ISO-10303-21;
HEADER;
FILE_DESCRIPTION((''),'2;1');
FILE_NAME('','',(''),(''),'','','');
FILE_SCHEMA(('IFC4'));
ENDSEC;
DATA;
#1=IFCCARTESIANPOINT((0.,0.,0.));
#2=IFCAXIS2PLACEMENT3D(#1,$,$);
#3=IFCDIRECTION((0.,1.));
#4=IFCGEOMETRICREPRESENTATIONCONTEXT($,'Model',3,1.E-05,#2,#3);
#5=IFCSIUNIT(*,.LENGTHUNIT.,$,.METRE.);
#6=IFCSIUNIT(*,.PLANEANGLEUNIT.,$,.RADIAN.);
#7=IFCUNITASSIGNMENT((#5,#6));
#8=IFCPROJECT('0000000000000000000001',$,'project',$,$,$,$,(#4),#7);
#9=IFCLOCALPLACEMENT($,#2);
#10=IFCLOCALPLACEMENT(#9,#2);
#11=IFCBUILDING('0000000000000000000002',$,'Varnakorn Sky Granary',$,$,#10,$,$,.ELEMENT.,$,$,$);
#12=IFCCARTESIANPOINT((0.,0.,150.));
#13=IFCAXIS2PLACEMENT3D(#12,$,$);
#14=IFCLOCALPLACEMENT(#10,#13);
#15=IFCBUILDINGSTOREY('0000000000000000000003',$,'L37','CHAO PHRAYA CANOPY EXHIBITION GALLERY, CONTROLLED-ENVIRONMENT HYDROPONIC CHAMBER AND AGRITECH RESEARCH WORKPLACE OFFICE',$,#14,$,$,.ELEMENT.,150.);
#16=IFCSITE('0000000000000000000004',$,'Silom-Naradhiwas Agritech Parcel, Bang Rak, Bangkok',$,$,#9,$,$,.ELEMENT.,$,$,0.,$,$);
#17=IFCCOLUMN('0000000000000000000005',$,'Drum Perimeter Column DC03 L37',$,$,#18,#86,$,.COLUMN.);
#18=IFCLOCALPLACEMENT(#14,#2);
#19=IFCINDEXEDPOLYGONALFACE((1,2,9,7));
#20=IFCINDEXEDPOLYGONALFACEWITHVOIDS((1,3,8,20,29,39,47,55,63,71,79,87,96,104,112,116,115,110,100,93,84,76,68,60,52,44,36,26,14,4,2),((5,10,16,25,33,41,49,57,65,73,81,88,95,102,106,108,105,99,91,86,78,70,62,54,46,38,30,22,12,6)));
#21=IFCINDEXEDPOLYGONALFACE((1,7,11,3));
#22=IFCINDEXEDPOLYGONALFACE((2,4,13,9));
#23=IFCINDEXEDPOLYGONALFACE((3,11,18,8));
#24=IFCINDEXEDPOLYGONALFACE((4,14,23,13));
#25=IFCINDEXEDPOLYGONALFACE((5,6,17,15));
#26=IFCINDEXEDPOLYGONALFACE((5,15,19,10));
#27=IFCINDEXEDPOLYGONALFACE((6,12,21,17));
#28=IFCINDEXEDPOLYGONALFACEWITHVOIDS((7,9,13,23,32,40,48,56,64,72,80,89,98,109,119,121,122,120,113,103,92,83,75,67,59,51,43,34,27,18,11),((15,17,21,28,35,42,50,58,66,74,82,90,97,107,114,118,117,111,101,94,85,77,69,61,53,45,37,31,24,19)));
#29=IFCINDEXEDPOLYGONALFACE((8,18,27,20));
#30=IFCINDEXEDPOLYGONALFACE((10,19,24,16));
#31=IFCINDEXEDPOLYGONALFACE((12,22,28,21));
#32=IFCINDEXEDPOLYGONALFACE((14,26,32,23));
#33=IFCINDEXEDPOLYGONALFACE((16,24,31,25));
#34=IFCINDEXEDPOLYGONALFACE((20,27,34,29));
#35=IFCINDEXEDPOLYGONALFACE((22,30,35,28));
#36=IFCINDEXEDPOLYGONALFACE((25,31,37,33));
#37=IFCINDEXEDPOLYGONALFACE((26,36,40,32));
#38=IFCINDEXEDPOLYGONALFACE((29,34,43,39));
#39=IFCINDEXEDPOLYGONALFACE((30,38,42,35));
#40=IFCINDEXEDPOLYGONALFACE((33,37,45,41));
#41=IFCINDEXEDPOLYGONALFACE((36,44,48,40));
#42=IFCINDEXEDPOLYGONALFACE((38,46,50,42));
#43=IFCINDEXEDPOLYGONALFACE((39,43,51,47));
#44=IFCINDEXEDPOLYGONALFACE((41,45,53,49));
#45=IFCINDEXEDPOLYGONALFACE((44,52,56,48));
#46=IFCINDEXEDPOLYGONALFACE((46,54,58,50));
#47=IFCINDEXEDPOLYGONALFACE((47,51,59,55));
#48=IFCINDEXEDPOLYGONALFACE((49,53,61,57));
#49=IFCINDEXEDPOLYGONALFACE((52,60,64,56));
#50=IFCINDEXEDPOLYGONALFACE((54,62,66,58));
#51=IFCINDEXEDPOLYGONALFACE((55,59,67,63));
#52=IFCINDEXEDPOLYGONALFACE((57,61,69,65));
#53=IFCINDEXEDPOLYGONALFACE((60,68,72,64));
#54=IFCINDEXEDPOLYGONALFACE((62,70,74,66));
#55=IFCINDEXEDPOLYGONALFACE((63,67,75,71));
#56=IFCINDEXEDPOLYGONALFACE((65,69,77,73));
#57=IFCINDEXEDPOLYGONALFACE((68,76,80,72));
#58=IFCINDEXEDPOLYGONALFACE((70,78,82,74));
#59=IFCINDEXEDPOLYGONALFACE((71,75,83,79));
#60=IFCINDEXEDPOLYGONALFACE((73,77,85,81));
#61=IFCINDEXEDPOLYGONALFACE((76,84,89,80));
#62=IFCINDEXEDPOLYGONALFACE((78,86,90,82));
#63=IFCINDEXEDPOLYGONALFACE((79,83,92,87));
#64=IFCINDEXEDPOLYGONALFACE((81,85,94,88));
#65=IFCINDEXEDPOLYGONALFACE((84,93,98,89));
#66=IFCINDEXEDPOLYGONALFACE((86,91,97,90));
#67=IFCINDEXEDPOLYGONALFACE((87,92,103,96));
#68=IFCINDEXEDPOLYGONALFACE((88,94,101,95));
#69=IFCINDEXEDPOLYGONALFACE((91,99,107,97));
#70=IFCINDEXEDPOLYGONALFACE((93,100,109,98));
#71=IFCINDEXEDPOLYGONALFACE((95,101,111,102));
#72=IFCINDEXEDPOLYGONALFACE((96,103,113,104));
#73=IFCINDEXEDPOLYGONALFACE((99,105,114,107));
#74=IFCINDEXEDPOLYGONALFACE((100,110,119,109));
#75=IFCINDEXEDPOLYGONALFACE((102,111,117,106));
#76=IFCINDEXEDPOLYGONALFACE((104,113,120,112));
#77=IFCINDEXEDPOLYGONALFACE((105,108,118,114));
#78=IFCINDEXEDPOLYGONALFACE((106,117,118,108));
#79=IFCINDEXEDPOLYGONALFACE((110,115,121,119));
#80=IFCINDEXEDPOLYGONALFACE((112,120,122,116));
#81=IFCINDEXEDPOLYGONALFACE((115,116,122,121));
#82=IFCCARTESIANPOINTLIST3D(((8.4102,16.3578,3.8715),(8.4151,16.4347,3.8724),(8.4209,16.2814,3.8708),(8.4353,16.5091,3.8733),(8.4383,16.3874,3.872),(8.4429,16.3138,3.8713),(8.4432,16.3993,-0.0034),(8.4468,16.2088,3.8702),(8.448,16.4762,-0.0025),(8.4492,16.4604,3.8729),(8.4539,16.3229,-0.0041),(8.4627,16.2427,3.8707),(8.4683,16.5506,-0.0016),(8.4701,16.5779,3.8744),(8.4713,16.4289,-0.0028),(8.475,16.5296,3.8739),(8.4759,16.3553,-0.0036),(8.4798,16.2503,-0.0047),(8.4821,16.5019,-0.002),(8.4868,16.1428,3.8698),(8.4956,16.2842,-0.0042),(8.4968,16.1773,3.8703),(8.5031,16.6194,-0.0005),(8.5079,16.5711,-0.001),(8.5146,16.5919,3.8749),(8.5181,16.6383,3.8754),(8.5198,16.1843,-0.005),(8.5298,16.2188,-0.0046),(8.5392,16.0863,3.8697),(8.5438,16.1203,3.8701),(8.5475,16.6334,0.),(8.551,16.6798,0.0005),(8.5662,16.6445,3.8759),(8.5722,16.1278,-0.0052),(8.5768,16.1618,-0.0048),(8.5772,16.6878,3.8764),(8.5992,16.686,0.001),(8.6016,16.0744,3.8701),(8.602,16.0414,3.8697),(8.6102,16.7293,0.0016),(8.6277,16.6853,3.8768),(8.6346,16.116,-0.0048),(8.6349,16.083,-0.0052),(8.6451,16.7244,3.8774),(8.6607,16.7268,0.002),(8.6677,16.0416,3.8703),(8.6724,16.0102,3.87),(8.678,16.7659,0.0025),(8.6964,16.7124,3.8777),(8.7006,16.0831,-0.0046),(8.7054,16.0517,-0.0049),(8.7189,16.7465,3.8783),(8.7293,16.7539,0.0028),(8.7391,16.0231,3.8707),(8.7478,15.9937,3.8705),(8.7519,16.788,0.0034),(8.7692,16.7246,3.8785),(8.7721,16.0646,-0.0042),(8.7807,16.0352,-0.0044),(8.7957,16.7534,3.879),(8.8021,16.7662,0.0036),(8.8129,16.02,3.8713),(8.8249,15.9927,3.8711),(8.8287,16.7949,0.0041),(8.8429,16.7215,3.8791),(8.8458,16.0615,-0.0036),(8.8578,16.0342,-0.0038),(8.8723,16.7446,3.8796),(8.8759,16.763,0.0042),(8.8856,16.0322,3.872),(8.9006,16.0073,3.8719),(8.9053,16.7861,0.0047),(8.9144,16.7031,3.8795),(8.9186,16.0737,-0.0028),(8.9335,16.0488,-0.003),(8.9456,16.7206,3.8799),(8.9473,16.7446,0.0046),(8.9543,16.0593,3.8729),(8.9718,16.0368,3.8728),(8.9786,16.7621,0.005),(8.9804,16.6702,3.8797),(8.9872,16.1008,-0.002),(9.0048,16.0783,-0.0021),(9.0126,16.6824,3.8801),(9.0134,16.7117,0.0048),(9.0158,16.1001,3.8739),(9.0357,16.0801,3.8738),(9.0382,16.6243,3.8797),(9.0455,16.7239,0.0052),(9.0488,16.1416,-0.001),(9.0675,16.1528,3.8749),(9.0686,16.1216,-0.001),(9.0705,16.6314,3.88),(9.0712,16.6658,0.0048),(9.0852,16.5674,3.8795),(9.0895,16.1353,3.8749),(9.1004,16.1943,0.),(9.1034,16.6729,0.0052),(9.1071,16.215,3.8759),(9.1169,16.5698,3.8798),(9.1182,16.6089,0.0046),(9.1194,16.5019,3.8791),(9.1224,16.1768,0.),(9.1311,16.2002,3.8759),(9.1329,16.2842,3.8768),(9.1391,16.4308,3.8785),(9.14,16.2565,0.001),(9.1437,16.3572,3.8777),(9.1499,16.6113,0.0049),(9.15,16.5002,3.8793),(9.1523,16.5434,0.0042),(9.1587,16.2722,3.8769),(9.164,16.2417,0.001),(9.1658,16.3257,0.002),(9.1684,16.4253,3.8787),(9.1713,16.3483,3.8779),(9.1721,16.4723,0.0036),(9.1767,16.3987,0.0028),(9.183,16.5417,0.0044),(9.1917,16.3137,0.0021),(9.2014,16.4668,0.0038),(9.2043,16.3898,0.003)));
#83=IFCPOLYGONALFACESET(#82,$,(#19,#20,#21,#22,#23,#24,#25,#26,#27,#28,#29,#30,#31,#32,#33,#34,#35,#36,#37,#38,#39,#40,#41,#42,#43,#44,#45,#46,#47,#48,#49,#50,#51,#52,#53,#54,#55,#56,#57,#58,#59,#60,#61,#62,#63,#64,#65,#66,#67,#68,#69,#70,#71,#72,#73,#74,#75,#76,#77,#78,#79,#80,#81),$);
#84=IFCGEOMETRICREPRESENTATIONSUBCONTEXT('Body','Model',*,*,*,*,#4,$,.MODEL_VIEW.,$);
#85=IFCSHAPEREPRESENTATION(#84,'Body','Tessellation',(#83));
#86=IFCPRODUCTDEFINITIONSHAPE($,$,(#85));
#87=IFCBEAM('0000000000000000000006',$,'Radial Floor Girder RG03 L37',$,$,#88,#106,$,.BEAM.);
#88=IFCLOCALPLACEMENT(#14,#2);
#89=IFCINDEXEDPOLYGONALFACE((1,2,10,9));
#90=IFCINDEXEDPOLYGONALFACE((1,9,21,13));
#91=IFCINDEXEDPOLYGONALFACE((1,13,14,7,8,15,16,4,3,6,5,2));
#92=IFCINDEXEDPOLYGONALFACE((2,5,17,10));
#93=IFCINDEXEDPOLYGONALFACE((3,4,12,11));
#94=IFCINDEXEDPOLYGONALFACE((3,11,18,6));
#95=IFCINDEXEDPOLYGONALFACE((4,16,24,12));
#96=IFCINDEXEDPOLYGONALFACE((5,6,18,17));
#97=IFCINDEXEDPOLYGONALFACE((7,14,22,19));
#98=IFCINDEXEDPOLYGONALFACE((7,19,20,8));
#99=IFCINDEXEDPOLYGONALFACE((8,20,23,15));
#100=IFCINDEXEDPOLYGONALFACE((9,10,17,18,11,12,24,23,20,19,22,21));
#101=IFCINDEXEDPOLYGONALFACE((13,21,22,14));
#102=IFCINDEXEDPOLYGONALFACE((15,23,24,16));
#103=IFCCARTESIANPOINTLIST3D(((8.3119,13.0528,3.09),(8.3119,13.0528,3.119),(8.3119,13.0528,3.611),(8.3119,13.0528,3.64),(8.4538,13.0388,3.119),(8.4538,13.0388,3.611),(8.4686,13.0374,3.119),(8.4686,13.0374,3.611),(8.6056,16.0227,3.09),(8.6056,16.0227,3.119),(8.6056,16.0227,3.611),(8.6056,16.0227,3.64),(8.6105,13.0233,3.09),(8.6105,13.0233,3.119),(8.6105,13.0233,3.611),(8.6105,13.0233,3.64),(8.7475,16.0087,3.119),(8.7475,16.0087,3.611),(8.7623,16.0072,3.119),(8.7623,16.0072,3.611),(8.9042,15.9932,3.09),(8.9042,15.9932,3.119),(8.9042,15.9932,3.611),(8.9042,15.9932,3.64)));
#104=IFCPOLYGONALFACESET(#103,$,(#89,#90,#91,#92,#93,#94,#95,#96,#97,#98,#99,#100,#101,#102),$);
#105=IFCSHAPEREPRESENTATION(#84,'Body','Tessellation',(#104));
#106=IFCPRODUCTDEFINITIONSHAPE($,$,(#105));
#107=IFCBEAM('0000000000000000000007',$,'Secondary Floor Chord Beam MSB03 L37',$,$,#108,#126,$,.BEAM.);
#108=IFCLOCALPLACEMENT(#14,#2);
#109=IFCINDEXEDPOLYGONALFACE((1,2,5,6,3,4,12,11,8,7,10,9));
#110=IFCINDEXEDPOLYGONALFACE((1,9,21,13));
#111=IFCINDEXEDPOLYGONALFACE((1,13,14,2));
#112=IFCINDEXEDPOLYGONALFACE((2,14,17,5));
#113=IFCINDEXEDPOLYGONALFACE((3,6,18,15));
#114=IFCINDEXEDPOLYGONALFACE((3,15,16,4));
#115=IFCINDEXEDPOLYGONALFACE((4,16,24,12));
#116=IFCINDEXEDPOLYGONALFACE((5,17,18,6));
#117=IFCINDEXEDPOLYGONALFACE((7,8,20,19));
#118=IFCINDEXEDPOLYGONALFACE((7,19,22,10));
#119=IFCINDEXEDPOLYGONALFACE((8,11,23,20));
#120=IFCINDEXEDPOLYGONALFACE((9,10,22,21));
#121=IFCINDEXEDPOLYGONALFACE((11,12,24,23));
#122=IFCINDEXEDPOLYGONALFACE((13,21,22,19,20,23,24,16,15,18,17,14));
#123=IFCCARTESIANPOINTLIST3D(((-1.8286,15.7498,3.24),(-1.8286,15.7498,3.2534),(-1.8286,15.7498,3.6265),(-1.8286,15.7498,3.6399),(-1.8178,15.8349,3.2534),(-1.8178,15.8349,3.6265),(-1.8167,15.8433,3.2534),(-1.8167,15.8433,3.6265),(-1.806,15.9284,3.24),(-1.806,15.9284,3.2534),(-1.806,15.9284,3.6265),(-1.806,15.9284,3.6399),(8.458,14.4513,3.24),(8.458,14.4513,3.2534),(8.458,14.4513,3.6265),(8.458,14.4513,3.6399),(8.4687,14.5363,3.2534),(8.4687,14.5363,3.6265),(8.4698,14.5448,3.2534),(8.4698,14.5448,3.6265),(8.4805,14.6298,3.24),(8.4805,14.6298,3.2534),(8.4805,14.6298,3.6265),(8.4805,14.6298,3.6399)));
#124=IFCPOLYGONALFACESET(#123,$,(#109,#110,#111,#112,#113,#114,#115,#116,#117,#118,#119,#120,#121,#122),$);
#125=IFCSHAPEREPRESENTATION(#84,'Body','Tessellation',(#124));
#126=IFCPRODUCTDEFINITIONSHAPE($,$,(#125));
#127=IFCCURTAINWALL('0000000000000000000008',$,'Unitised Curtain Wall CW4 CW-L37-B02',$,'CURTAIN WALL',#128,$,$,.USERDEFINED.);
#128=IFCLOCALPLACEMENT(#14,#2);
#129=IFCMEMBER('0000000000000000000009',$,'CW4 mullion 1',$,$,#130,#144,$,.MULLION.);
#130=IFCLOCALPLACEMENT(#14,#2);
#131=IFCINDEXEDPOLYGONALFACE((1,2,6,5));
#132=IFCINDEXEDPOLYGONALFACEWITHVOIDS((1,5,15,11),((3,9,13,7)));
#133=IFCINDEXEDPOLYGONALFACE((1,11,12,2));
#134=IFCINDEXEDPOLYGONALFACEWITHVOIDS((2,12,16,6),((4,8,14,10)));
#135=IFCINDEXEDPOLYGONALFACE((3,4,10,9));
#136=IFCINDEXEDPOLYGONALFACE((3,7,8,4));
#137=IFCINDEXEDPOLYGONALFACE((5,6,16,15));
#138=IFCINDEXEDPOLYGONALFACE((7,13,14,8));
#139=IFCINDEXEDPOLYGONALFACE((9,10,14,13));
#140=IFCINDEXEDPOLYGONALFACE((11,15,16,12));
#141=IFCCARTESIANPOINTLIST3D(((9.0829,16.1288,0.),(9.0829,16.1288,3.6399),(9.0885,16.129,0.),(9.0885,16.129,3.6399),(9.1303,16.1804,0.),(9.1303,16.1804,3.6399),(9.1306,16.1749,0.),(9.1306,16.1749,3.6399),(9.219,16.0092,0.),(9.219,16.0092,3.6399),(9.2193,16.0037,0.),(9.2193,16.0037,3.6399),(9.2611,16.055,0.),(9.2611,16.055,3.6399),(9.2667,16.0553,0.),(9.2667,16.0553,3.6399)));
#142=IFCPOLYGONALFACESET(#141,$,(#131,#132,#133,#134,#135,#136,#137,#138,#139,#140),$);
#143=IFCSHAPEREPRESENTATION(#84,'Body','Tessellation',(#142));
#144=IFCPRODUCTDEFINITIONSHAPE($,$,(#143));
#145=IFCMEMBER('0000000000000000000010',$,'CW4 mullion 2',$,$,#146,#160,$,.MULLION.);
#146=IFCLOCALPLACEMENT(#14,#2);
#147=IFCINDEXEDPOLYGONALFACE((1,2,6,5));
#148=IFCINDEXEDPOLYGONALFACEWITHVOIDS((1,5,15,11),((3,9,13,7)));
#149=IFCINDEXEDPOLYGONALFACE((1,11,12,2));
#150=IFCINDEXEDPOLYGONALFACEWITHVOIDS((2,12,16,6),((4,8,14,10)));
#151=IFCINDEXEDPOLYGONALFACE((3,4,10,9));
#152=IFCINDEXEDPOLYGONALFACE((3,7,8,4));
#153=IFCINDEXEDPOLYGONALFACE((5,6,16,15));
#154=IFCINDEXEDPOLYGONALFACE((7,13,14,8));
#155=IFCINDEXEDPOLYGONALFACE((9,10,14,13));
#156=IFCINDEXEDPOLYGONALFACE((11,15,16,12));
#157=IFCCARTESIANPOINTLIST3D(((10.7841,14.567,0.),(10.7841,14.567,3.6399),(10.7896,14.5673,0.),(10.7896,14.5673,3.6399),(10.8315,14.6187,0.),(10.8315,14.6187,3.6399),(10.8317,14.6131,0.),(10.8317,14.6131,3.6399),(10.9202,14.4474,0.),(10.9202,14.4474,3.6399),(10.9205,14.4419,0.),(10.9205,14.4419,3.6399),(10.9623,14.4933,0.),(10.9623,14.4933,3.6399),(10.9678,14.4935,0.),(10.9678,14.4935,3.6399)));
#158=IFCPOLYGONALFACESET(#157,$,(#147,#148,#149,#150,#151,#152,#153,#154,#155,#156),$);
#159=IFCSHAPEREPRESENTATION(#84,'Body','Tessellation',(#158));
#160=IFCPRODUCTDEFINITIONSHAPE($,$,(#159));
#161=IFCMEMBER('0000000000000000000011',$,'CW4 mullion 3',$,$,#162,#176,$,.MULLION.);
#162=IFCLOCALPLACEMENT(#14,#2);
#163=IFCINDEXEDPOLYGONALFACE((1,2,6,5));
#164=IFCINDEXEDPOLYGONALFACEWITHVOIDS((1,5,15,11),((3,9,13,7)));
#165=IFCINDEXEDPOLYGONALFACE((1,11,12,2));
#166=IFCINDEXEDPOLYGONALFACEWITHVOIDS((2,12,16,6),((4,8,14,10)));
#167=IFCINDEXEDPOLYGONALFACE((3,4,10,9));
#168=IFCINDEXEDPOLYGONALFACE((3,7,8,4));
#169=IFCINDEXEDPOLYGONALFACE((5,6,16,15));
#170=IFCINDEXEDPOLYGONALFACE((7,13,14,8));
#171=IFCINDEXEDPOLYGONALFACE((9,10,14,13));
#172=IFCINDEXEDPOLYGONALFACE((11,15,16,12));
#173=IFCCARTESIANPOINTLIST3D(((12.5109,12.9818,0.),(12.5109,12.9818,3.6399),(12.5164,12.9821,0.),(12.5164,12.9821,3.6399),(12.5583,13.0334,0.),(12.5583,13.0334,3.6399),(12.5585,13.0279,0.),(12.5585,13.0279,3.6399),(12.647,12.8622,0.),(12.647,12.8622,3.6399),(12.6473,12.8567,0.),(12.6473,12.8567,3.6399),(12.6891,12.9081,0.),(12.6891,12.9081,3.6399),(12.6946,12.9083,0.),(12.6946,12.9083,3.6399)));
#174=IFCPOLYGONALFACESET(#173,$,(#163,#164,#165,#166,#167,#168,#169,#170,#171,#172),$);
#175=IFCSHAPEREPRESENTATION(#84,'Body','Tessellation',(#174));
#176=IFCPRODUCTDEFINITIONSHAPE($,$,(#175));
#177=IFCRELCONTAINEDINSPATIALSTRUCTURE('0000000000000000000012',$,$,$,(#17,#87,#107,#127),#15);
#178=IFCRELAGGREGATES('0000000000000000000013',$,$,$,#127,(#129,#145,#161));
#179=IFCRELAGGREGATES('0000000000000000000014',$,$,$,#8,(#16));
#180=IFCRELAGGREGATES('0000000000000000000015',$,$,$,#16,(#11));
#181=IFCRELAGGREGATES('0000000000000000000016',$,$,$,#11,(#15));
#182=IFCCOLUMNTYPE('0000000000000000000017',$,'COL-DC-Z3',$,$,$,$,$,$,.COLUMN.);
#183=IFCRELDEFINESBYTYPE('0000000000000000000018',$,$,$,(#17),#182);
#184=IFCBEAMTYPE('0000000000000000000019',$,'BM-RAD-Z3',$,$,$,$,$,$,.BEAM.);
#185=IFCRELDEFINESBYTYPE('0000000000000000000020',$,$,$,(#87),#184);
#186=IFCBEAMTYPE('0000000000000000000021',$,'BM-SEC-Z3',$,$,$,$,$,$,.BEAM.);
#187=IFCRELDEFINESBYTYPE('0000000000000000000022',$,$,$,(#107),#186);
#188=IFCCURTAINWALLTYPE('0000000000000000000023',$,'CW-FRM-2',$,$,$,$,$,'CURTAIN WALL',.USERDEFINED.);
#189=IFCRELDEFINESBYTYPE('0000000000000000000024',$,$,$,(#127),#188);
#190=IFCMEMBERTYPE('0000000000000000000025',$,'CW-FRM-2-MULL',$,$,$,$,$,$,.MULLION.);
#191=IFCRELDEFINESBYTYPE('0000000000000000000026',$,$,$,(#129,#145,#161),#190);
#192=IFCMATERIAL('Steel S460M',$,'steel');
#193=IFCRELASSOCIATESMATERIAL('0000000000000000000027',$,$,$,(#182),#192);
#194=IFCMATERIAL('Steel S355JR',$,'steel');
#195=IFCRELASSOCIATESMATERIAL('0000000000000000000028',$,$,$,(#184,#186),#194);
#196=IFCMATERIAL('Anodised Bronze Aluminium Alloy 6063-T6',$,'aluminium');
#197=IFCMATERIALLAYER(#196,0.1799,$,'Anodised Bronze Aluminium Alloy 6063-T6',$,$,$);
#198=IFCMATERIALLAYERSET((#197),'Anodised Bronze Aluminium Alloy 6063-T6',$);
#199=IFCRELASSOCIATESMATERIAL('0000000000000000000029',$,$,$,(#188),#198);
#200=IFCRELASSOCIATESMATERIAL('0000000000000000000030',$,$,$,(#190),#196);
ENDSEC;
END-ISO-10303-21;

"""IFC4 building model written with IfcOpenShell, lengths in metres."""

from ifc_helpers import new_model, si_unit, direction, frame, origin, origin_2d, place, context, subcontext, project, spatial, hollow_rectangle, hollow_circle, i_section, extrude, material, layer, layer_set, material_profile, profile_set, type_object, element, aggregate, save


model = new_model("IFC4")

# Units and contexts
model_context = context("Model", 3, precision=1e-05, world=origin(), true_north=direction((0.0, 1.0)))
body_context = subcontext(model_context, "Body", "Model", "MODEL_VIEW")
ifc_project = project(units=[si_unit("LENGTHUNIT", "METRE"), si_unit("PLANEANGLEUNIT", "RADIAN")], contexts=[model_context])

# Site, building, storey
site_placement = place(None, origin())
site = spatial("IfcSite", under=ifc_project, at=site_placement, Name="Silom-Naradhiwas Agritech Parcel, Bang Rak, Bangkok", CompositionType="ELEMENT", RefElevation=0.0)
building_placement = place(site_placement, origin())
building = spatial("IfcBuilding", under=site, at=building_placement, Name="Varnakorn Sky Granary", CompositionType="ELEMENT")
storey_placement = place(building_placement, frame((0.0, 0.0, 150.0)))
storey = spatial("IfcBuildingStorey", under=building, at=storey_placement, Name="L37", Description="CHAO PHRAYA CANOPY EXHIBITION GALLERY, CONTROLLED-ENVIRONMENT HYDROPONIC CHAMBER AND AGRITECH RESEARCH WORKPLACE OFFICE", CompositionType="ELEMENT", Elevation=150.0)

# Column
ifc_material_1 = material(Name="Steel S460M", Category="steel")
ifc_material_profile_1 = material_profile(ifc_material_1, hollow_circle(Radius=0.3811, WallThickness=0.0281, at=origin_2d()), Name="CHS 762x28")
ifc_profile_set_1 = profile_set([ifc_material_profile_1], Name="Steel S460M")
column_type = type_object("IfcColumnType", Name="COL-DC-Z3", PredefinedType="COLUMN", material=ifc_profile_set_1)
column_placement = place(storey_placement, frame((8.824, 16.4138, 0.0), z_axis=(-0.008505, -0.01071, 0.999906), x_axis=(0.783111, -0.621882, 0.0)))
element("IfcColumn", 1, at=column_placement, inside=storey, type_object=column_type, Name="Drum Perimeter Column DC03 L37", PredefinedType="COLUMN", context=body_context, shape_type="SweptSolid", body=[
    extrude(hollow_circle(Radius=0.3811, WallThickness=0.0281, at=origin_2d()), origin(), (0.0, 0.0, 1.0), 3.8752),
])

# Beams
ifc_material_2 = material(Name="Steel S355JR", Category="steel")
ifc_material_profile_2 = material_profile(ifc_material_2, i_section(OverallWidth=0.3, OverallDepth=0.55, WebThickness=0.0149, FlangeThickness=0.0291, at=origin_2d()), Name="HE 550 B")
ifc_profile_set_2 = profile_set([ifc_material_profile_2], Name="Steel S355JR")
beam_type_1 = type_object("IfcBeamType", Name="BM-RAD-Z3", PredefinedType="BEAM", material=ifc_profile_set_2)
beam_1_placement = place(storey_placement, frame((8.4612, 13.0381, 3.365), z_axis=(0.09841, 0.995146, 0.0), x_axis=(-0.995146, 0.09841, 0.0)))
element("IfcBeam", 2, at=beam_1_placement, inside=storey, type_object=beam_type_1, Name="Radial Floor Girder RG03 L37", PredefinedType="BEAM", context=body_context, shape_type="SweptSolid", body=[
    extrude(i_section(OverallWidth=0.3, OverallDepth=0.55, WebThickness=0.0149, FlangeThickness=0.0291, at=origin_2d()), origin(), (0.0, 0.0, 1.0), 2.9844),
])
ifc_material_profile_3 = material_profile(ifc_material_2, i_section(OverallWidth=0.1799, OverallDepth=0.3999, WebThickness=0.0085, FlangeThickness=0.0134, at=origin_2d()), Name="IPE 400")
ifc_profile_set_3 = profile_set([ifc_material_profile_3], Name="Steel S355JR")
beam_type_2 = type_object("IfcBeamType", Name="BM-SEC-Z3", PredefinedType="BEAM", material=ifc_profile_set_3)
beam_2_placement = place(storey_placement, frame((8.4692, 14.5405, 3.4399), z_axis=(-0.992126, 0.125246, 0.0), x_axis=(-0.125246, -0.992126, 0.0)))
element("IfcBeam", 3, at=beam_2_placement, inside=storey, type_object=beam_type_2, Name="Secondary Floor Chord Beam MSB03 L37", PredefinedType="BEAM", context=body_context, shape_type="SweptSolid", body=[
    extrude(i_section(OverallWidth=0.1799, OverallDepth=0.3999, WebThickness=0.0085, FlangeThickness=0.0134, at=origin_2d()), origin(), (0.0, 0.0, 1.0), 10.3682),
])

# Curtain wall, members
ifc_material_3 = material(Name="Anodised Bronze Aluminium Alloy 6063-T6", Category="aluminium")
ifc_layer_1 = layer(ifc_material_3, 0.1799, Name="Anodised Bronze Aluminium Alloy 6063-T6")
ifc_layer_set_1 = layer_set([ifc_layer_1], Name="Anodised Bronze Aluminium Alloy 6063-T6")
curtain_wall_type = type_object("IfcCurtainWallType", Name="CW-FRM-2", ElementType="CURTAIN WALL", PredefinedType="USERDEFINED", material=ifc_layer_set_1)
curtain_wall_placement = place(storey_placement, origin())
curtain_wall = element("IfcCurtainWall", 4, at=curtain_wall_placement, inside=storey, type_object=curtain_wall_type, Name="Unitised Curtain Wall CW4 CW-L37-B02", ObjectType="CURTAIN WALL", PredefinedType="USERDEFINED")
ifc_material_profile_4 = material_profile(ifc_material_3, hollow_rectangle(XDim=0.0701, YDim=0.1851, WallThickness=0.0039, at=origin_2d()), Name="ALU MULL 70x185")
ifc_profile_set_4 = profile_set([ifc_material_profile_4], Name="Anodised Bronze Aluminium Alloy 6063-T6")
member_type_1 = type_object("IfcMemberType", Name="CW-FRM-2-MULL", PredefinedType="MULLION", material=ifc_profile_set_4)
member_1_placement = place(storey_placement, frame((9.1748, 16.092, 0.0), z_axis=(0.0, 0.0, 1.0), x_axis=(0.676226, 0.736694, 0.0)))
member_1 = element("IfcMember", 5, at=member_1_placement, type_object=member_type_1, Name="CW4 mullion 1", PredefinedType="MULLION", context=body_context, shape_type="SweptSolid", body=[
    extrude(hollow_rectangle(XDim=0.0701, YDim=0.1851, WallThickness=0.0039, at=origin_2d()), origin(), (0.0, 0.0, 1.0), 3.6399),
])
member_2_placement = place(storey_placement, frame((10.876, 14.5303, 0.0), z_axis=(0.0, 0.0, 1.0), x_axis=(0.676226, 0.736694, 0.0)))
member_2 = element("IfcMember", 6, at=member_2_placement, type_object=member_type_1, Name="CW4 mullion 2", PredefinedType="MULLION", context=body_context, shape_type="SweptSolid", body=[
    extrude(hollow_rectangle(XDim=0.0701, YDim=0.1851, WallThickness=0.0039, at=origin_2d()), origin(), (0.0, 0.0, 1.0), 3.6399),
])
member_3_placement = place(storey_placement, frame((12.6028, 12.9451, 0.0), z_axis=(0.0, 0.0, 1.0), x_axis=(0.676226, 0.736694, 0.0)))
member_3 = element("IfcMember", 7, at=member_3_placement, type_object=member_type_1, Name="CW4 mullion 3", PredefinedType="MULLION", context=body_context, shape_type="SweptSolid", body=[
    extrude(hollow_rectangle(XDim=0.0701, YDim=0.1851, WallThickness=0.0039, at=origin_2d()), origin(), (0.0, 0.0, 1.0), 3.6399),
])

aggregate(curtain_wall, [member_1, member_2, member_3])

save(model, "model.ifc")
